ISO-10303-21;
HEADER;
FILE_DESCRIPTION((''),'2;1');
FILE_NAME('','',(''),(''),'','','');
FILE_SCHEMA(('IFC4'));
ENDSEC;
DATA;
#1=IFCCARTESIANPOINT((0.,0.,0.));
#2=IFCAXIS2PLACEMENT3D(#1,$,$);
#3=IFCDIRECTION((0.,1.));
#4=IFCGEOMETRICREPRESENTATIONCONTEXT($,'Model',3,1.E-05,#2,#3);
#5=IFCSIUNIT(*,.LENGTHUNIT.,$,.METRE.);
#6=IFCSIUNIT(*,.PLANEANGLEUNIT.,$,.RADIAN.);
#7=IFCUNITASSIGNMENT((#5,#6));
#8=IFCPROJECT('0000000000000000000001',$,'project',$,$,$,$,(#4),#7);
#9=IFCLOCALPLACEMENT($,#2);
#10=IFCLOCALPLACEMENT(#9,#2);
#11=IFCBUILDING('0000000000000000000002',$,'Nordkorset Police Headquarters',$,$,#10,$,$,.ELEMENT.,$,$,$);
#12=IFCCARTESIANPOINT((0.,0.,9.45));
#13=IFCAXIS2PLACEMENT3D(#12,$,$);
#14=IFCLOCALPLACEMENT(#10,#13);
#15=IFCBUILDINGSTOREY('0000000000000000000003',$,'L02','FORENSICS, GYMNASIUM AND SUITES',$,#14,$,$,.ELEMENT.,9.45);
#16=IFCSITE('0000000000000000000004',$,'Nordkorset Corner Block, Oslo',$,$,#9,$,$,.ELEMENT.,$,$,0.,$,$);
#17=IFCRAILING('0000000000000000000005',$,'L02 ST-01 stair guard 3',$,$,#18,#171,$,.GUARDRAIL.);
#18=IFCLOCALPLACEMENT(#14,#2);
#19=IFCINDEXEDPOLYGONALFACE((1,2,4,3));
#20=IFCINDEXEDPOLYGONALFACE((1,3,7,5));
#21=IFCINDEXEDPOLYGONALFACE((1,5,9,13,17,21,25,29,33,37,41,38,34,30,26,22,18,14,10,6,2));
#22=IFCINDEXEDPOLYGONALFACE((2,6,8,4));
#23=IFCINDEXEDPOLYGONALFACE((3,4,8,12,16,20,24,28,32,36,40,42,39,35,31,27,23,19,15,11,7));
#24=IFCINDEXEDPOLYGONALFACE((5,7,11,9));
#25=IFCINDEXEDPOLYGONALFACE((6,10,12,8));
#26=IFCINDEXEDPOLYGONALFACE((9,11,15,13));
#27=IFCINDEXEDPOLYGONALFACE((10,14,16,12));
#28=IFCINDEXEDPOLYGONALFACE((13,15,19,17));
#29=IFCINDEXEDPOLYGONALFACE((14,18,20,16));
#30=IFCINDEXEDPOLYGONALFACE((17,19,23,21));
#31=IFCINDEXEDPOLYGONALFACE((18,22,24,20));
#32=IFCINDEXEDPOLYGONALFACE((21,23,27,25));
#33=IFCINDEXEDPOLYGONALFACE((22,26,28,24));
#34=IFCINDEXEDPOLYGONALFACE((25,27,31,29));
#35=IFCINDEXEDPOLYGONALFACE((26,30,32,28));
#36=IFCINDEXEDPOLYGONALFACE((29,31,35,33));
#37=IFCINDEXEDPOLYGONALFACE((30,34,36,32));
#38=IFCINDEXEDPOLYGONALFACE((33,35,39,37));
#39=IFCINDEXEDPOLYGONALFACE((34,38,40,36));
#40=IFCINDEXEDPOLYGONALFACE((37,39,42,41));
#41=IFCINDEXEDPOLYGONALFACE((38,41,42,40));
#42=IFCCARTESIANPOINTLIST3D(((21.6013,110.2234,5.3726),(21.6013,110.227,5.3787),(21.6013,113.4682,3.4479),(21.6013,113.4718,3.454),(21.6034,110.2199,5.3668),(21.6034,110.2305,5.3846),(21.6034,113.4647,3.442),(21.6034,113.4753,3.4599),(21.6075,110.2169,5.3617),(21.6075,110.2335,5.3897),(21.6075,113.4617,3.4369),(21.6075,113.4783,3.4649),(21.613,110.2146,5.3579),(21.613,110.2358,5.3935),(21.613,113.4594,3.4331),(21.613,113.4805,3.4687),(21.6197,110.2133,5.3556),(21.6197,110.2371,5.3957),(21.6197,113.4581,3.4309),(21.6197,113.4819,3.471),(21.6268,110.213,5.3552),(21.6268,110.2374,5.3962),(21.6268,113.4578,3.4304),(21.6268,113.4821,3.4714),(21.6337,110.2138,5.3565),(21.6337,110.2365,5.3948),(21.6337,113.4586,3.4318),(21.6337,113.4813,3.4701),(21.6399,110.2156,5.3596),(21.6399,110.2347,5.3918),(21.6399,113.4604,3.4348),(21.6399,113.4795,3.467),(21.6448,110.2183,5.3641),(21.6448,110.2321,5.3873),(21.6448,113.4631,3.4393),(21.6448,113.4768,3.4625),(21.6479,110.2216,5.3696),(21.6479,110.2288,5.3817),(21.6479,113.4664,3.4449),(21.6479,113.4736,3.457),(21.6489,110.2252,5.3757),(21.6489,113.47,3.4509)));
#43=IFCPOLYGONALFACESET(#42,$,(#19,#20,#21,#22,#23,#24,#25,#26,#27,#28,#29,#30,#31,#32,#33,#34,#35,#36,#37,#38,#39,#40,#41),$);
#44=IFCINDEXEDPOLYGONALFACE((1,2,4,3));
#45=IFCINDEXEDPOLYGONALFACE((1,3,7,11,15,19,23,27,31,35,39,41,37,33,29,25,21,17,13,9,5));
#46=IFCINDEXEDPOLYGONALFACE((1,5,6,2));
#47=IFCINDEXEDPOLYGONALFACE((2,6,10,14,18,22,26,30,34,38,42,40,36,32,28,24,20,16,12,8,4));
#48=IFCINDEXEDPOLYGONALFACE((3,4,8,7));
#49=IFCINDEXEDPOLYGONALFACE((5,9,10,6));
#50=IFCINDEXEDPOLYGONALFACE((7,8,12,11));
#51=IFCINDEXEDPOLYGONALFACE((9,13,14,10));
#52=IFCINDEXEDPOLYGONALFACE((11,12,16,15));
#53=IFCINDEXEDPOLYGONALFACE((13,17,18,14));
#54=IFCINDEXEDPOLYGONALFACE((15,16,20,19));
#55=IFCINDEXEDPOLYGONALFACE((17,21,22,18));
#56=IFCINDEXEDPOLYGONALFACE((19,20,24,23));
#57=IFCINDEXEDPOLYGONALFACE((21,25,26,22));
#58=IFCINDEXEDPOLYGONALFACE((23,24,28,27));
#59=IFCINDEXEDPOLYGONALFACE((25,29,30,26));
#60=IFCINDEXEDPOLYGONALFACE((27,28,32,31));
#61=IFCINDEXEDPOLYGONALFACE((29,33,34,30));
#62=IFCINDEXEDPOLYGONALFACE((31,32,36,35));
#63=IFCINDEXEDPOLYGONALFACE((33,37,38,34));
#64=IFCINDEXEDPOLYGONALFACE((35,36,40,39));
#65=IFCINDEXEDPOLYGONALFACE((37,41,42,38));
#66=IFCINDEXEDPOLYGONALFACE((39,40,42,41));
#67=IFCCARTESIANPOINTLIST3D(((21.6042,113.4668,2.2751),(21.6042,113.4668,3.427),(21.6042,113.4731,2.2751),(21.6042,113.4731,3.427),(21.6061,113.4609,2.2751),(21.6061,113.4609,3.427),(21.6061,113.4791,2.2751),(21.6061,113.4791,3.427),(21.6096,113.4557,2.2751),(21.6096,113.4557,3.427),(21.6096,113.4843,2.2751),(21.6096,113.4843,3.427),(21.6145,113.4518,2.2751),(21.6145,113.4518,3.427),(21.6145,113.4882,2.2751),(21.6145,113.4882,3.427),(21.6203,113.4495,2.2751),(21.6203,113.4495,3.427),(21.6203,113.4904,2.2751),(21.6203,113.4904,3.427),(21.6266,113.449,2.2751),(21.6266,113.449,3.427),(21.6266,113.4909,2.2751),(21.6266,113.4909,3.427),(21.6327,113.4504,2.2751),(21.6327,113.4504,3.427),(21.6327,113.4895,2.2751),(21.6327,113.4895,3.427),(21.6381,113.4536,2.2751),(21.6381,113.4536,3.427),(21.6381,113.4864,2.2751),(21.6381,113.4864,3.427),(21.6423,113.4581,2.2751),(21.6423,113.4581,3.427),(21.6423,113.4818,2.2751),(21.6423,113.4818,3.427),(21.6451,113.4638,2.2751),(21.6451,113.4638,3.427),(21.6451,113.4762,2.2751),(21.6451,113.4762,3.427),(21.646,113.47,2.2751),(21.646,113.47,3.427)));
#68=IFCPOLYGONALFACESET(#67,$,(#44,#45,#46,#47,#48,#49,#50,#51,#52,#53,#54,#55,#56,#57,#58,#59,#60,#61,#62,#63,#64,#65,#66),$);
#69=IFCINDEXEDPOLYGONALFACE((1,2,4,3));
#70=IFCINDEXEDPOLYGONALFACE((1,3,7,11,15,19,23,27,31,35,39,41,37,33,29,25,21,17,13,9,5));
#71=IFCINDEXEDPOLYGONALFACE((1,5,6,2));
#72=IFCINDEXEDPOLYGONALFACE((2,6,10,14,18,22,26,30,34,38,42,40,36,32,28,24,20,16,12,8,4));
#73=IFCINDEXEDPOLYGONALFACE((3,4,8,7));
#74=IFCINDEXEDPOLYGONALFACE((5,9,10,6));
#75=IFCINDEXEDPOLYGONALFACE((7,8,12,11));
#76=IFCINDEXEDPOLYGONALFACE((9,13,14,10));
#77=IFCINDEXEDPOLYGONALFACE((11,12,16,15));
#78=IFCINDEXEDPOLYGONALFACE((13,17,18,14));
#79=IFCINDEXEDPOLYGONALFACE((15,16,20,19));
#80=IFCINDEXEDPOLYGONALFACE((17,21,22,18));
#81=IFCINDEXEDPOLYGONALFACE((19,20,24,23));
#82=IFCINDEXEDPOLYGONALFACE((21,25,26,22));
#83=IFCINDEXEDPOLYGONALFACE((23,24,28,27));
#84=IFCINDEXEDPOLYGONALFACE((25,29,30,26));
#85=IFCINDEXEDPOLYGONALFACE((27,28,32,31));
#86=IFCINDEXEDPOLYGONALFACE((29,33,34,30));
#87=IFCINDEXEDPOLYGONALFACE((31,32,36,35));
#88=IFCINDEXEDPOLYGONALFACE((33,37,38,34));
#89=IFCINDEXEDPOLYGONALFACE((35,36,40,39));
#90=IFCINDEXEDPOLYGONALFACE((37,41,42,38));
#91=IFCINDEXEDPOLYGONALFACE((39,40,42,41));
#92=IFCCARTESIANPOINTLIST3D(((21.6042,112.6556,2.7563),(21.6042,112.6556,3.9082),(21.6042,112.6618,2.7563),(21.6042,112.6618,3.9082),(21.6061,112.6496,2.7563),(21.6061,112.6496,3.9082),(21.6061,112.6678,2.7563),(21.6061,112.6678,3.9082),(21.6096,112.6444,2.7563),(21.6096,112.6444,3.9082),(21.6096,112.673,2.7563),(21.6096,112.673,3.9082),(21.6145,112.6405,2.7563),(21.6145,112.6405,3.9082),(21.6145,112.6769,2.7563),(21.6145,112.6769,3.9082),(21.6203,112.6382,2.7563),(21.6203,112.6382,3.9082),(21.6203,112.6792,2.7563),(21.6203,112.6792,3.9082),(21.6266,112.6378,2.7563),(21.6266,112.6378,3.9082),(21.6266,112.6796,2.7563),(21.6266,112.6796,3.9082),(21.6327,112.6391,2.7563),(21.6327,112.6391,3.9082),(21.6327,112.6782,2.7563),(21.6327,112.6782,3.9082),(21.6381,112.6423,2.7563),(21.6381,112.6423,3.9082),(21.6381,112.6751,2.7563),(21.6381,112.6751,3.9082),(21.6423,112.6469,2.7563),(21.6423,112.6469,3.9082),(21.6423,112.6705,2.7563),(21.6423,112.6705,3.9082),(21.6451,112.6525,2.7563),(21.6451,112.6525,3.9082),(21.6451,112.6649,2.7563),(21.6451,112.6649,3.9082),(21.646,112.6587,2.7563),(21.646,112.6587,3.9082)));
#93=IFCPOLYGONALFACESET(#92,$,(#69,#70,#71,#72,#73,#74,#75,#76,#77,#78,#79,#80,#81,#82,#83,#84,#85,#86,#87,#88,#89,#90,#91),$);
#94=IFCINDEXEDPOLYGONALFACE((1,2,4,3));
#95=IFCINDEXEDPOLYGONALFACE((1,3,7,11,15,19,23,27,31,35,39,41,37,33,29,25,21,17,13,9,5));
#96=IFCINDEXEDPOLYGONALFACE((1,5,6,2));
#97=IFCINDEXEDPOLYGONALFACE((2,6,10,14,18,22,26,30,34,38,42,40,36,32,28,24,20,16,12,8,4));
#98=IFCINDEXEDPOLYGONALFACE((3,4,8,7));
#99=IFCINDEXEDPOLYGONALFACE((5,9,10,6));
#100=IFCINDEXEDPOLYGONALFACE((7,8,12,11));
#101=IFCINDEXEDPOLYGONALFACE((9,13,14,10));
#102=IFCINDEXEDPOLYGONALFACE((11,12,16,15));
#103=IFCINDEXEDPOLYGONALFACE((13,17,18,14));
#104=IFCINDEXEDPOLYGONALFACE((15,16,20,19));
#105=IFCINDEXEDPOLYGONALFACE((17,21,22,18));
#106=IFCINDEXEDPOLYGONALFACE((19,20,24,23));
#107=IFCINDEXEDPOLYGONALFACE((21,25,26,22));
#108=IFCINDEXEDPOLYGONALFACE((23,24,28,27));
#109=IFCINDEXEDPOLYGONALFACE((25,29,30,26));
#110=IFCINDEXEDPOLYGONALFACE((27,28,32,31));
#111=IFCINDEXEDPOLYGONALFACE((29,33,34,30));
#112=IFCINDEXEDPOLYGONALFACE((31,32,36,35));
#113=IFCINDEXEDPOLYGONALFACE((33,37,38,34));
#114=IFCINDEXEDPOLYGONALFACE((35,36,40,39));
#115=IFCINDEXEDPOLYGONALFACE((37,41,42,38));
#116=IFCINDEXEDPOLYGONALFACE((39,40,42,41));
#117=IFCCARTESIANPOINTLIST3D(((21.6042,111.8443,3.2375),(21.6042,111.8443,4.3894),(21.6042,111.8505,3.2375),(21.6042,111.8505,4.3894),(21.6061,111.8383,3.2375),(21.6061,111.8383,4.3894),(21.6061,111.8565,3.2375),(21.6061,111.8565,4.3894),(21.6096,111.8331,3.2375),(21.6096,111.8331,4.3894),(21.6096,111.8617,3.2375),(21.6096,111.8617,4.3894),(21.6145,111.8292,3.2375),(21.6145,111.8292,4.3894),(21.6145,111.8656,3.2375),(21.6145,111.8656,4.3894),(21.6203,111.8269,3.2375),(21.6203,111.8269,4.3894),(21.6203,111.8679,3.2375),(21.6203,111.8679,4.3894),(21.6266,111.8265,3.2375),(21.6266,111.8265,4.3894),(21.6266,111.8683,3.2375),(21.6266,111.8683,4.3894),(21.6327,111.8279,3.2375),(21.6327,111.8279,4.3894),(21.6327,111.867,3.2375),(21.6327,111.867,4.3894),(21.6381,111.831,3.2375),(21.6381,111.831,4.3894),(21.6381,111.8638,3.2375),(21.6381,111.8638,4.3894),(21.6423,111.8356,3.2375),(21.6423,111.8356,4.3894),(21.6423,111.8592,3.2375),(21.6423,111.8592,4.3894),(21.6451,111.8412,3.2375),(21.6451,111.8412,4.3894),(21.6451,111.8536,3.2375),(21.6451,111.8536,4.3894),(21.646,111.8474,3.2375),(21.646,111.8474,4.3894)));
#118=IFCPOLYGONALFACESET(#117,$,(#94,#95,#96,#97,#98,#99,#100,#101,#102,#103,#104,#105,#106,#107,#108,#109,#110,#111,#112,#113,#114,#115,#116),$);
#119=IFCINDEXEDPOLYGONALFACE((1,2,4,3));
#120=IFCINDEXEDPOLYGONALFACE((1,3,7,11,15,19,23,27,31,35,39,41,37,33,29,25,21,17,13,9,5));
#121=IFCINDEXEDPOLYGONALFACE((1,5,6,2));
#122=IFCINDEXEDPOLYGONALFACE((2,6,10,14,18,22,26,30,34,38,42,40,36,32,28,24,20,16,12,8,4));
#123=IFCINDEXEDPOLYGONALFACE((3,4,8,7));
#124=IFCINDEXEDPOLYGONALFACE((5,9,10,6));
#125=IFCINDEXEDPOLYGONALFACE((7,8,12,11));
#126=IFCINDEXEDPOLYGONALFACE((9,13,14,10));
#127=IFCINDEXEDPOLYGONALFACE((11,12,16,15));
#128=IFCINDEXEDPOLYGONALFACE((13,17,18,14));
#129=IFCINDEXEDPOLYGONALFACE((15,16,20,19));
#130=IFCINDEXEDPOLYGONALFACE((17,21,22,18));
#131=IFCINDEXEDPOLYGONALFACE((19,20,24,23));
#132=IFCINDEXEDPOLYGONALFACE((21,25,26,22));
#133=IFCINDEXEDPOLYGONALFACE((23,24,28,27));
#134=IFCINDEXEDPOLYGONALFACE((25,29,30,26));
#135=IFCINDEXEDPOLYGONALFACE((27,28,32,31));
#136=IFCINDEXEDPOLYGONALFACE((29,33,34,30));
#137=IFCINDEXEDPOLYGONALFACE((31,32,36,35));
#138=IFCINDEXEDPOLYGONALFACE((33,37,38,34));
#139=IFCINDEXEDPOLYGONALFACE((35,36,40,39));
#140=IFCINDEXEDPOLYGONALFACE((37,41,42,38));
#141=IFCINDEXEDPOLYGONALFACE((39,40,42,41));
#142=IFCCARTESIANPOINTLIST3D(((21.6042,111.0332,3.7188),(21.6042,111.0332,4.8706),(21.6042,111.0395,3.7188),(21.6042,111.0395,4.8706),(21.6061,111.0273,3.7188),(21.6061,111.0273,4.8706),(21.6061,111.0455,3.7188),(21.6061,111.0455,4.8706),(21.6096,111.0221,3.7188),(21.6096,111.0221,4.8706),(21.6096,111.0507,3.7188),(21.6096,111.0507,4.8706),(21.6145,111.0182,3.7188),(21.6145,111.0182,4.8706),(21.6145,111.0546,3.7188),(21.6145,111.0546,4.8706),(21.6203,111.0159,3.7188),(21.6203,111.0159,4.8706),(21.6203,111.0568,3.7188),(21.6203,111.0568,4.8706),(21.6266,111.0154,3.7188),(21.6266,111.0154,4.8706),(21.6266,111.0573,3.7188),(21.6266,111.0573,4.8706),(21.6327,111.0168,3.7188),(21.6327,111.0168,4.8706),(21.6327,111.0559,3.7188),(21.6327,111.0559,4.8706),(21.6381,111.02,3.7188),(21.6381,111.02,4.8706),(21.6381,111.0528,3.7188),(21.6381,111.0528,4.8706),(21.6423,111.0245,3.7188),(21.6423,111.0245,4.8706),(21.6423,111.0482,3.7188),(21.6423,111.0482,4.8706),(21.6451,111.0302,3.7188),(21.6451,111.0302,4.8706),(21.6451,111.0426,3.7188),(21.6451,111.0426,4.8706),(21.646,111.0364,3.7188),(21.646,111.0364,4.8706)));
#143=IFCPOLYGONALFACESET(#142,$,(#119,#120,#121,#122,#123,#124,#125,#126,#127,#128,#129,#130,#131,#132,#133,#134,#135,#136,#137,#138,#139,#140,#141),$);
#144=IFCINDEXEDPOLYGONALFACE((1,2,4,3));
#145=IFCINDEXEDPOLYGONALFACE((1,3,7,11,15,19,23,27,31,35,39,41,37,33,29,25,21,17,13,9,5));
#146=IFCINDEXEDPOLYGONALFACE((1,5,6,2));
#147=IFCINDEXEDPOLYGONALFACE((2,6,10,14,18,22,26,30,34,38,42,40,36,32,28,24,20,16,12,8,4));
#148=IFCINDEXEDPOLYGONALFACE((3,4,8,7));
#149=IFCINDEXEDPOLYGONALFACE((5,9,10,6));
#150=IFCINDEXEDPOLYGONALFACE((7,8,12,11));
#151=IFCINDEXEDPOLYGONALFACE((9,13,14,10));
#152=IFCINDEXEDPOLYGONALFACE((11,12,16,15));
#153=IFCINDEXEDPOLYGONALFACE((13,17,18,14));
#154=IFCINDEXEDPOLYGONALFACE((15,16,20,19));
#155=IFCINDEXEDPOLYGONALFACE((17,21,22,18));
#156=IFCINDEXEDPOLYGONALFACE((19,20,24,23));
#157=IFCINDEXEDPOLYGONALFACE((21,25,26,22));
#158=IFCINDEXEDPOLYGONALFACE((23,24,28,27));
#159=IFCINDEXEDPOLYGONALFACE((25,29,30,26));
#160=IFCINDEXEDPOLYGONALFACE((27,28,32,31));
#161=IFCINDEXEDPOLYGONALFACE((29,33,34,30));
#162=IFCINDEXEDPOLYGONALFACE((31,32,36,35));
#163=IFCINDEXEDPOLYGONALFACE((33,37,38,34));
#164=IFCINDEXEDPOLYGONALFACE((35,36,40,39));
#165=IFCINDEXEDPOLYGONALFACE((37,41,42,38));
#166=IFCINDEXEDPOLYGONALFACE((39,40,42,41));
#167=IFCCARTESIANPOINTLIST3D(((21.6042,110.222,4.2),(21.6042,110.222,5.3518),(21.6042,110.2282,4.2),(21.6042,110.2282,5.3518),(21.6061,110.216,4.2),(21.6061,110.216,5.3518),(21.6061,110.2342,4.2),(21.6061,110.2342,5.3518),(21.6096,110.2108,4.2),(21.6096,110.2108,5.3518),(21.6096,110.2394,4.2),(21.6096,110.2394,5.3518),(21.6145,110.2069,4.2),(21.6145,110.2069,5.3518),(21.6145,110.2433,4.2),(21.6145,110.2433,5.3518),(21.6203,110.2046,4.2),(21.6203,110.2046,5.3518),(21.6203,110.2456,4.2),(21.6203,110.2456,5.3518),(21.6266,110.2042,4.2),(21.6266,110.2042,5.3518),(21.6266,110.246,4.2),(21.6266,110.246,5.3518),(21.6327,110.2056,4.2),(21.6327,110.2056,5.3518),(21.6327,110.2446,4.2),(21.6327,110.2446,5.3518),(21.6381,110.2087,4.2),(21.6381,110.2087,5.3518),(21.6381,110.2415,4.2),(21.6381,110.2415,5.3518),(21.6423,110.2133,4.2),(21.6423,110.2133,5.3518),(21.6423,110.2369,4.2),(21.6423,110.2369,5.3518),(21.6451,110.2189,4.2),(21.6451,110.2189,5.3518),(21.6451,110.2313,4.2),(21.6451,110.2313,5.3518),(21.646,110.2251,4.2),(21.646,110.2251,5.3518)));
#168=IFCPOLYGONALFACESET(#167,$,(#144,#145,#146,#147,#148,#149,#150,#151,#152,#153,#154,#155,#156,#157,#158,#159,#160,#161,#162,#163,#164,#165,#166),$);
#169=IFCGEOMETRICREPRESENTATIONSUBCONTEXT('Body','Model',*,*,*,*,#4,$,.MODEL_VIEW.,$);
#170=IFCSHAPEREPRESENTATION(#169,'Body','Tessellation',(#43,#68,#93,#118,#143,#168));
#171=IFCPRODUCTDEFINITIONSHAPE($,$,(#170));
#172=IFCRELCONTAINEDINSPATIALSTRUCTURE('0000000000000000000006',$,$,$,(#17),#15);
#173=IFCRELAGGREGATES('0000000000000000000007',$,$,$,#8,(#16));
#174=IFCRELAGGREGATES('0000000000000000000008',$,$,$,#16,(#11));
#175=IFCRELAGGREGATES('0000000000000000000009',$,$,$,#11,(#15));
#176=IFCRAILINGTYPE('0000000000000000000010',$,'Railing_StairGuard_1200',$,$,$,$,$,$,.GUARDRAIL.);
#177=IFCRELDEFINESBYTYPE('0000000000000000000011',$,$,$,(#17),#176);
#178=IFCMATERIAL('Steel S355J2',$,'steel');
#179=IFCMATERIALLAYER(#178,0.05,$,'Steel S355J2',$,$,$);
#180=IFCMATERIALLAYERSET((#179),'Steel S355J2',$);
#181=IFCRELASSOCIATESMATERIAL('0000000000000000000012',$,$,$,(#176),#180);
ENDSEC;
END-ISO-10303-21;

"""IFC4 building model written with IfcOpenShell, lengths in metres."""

from ifc_helpers import new_model, si_unit, direction, frame, origin, origin_2d, place, context, subcontext, project, spatial, circle, extrude, material, layer, layer_set, type_object, element, save


model = new_model("IFC4")

# Units and contexts
model_context = context("Model", 3, precision=1e-05, world=origin(), true_north=direction((0.0, 1.0)))
body_context = subcontext(model_context, "Body", "Model", "MODEL_VIEW")
ifc_project = project(units=[si_unit("LENGTHUNIT", "METRE"), si_unit("PLANEANGLEUNIT", "RADIAN")], contexts=[model_context])

# Site, building, storey
site_placement = place(None, origin())
site = spatial("IfcSite", under=ifc_project, at=site_placement, Name="Nordkorset Corner Block, Oslo", CompositionType="ELEMENT", RefElevation=0.0)
building_placement = place(site_placement, origin())
building = spatial("IfcBuilding", under=site, at=building_placement, Name="Nordkorset Police Headquarters", CompositionType="ELEMENT")
storey_placement = place(building_placement, frame((0.0, 0.0, 9.45)))
storey = spatial("IfcBuildingStorey", under=building, at=storey_placement, Name="L02", Description="FORENSICS, GYMNASIUM AND SUITES", CompositionType="ELEMENT", Elevation=9.45)

# Railing
ifc_material_1 = material(Name="Steel S355J2", Category="steel")
ifc_layer_1 = layer(ifc_material_1, 0.05, Name="Steel S355J2")
ifc_layer_set_1 = layer_set([ifc_layer_1], Name="Steel S355J2")
railing_type_1 = type_object("IfcRailingType", Name="Railing_StairGuard_1200", PredefinedType="GUARDRAIL", material=ifc_layer_set_1)
railing_1_placement = place(storey_placement, frame((21.625, 113.47, 2.2751)))
element("IfcRailing", 1, at=railing_1_placement, inside=storey, type_object=railing_type_1, Name="L02 ST-01 stair guard 3", PredefinedType="GUARDRAIL", context=body_context, shape_type="SweptSolid", body=[
    extrude(circle(Radius=0.0239, at=origin_2d()), frame((0.0, 0.0, 1.1758), z_axis=(0.0, -0.860069, 0.510178), x_axis=(1.0, 0.0, 0.0)), (0.0, 0.0, 1.0), 3.7727),
    extrude(circle(Radius=0.021, at=origin_2d()), origin(), (0.0, 0.0, 1.0), 1.1519),
    extrude(circle(Radius=0.021, at=origin_2d()), frame((0.0, -0.8113, 0.4812)), (0.0, 0.0, 1.0), 1.1519),
    extrude(circle(Radius=0.021, at=origin_2d()), frame((0.0, -1.6226, 0.9624)), (0.0, 0.0, 1.0), 1.1519),
    extrude(circle(Radius=0.021, at=origin_2d()), frame((0.0, -2.4336, 1.4436)), (0.0, 0.0, 1.0), 1.1519),
    extrude(circle(Radius=0.021, at=origin_2d()), frame((0.0, -3.2449, 1.9248)), (0.0, 0.0, 1.0), 1.1519),
])

save(model, "model.ifc")
